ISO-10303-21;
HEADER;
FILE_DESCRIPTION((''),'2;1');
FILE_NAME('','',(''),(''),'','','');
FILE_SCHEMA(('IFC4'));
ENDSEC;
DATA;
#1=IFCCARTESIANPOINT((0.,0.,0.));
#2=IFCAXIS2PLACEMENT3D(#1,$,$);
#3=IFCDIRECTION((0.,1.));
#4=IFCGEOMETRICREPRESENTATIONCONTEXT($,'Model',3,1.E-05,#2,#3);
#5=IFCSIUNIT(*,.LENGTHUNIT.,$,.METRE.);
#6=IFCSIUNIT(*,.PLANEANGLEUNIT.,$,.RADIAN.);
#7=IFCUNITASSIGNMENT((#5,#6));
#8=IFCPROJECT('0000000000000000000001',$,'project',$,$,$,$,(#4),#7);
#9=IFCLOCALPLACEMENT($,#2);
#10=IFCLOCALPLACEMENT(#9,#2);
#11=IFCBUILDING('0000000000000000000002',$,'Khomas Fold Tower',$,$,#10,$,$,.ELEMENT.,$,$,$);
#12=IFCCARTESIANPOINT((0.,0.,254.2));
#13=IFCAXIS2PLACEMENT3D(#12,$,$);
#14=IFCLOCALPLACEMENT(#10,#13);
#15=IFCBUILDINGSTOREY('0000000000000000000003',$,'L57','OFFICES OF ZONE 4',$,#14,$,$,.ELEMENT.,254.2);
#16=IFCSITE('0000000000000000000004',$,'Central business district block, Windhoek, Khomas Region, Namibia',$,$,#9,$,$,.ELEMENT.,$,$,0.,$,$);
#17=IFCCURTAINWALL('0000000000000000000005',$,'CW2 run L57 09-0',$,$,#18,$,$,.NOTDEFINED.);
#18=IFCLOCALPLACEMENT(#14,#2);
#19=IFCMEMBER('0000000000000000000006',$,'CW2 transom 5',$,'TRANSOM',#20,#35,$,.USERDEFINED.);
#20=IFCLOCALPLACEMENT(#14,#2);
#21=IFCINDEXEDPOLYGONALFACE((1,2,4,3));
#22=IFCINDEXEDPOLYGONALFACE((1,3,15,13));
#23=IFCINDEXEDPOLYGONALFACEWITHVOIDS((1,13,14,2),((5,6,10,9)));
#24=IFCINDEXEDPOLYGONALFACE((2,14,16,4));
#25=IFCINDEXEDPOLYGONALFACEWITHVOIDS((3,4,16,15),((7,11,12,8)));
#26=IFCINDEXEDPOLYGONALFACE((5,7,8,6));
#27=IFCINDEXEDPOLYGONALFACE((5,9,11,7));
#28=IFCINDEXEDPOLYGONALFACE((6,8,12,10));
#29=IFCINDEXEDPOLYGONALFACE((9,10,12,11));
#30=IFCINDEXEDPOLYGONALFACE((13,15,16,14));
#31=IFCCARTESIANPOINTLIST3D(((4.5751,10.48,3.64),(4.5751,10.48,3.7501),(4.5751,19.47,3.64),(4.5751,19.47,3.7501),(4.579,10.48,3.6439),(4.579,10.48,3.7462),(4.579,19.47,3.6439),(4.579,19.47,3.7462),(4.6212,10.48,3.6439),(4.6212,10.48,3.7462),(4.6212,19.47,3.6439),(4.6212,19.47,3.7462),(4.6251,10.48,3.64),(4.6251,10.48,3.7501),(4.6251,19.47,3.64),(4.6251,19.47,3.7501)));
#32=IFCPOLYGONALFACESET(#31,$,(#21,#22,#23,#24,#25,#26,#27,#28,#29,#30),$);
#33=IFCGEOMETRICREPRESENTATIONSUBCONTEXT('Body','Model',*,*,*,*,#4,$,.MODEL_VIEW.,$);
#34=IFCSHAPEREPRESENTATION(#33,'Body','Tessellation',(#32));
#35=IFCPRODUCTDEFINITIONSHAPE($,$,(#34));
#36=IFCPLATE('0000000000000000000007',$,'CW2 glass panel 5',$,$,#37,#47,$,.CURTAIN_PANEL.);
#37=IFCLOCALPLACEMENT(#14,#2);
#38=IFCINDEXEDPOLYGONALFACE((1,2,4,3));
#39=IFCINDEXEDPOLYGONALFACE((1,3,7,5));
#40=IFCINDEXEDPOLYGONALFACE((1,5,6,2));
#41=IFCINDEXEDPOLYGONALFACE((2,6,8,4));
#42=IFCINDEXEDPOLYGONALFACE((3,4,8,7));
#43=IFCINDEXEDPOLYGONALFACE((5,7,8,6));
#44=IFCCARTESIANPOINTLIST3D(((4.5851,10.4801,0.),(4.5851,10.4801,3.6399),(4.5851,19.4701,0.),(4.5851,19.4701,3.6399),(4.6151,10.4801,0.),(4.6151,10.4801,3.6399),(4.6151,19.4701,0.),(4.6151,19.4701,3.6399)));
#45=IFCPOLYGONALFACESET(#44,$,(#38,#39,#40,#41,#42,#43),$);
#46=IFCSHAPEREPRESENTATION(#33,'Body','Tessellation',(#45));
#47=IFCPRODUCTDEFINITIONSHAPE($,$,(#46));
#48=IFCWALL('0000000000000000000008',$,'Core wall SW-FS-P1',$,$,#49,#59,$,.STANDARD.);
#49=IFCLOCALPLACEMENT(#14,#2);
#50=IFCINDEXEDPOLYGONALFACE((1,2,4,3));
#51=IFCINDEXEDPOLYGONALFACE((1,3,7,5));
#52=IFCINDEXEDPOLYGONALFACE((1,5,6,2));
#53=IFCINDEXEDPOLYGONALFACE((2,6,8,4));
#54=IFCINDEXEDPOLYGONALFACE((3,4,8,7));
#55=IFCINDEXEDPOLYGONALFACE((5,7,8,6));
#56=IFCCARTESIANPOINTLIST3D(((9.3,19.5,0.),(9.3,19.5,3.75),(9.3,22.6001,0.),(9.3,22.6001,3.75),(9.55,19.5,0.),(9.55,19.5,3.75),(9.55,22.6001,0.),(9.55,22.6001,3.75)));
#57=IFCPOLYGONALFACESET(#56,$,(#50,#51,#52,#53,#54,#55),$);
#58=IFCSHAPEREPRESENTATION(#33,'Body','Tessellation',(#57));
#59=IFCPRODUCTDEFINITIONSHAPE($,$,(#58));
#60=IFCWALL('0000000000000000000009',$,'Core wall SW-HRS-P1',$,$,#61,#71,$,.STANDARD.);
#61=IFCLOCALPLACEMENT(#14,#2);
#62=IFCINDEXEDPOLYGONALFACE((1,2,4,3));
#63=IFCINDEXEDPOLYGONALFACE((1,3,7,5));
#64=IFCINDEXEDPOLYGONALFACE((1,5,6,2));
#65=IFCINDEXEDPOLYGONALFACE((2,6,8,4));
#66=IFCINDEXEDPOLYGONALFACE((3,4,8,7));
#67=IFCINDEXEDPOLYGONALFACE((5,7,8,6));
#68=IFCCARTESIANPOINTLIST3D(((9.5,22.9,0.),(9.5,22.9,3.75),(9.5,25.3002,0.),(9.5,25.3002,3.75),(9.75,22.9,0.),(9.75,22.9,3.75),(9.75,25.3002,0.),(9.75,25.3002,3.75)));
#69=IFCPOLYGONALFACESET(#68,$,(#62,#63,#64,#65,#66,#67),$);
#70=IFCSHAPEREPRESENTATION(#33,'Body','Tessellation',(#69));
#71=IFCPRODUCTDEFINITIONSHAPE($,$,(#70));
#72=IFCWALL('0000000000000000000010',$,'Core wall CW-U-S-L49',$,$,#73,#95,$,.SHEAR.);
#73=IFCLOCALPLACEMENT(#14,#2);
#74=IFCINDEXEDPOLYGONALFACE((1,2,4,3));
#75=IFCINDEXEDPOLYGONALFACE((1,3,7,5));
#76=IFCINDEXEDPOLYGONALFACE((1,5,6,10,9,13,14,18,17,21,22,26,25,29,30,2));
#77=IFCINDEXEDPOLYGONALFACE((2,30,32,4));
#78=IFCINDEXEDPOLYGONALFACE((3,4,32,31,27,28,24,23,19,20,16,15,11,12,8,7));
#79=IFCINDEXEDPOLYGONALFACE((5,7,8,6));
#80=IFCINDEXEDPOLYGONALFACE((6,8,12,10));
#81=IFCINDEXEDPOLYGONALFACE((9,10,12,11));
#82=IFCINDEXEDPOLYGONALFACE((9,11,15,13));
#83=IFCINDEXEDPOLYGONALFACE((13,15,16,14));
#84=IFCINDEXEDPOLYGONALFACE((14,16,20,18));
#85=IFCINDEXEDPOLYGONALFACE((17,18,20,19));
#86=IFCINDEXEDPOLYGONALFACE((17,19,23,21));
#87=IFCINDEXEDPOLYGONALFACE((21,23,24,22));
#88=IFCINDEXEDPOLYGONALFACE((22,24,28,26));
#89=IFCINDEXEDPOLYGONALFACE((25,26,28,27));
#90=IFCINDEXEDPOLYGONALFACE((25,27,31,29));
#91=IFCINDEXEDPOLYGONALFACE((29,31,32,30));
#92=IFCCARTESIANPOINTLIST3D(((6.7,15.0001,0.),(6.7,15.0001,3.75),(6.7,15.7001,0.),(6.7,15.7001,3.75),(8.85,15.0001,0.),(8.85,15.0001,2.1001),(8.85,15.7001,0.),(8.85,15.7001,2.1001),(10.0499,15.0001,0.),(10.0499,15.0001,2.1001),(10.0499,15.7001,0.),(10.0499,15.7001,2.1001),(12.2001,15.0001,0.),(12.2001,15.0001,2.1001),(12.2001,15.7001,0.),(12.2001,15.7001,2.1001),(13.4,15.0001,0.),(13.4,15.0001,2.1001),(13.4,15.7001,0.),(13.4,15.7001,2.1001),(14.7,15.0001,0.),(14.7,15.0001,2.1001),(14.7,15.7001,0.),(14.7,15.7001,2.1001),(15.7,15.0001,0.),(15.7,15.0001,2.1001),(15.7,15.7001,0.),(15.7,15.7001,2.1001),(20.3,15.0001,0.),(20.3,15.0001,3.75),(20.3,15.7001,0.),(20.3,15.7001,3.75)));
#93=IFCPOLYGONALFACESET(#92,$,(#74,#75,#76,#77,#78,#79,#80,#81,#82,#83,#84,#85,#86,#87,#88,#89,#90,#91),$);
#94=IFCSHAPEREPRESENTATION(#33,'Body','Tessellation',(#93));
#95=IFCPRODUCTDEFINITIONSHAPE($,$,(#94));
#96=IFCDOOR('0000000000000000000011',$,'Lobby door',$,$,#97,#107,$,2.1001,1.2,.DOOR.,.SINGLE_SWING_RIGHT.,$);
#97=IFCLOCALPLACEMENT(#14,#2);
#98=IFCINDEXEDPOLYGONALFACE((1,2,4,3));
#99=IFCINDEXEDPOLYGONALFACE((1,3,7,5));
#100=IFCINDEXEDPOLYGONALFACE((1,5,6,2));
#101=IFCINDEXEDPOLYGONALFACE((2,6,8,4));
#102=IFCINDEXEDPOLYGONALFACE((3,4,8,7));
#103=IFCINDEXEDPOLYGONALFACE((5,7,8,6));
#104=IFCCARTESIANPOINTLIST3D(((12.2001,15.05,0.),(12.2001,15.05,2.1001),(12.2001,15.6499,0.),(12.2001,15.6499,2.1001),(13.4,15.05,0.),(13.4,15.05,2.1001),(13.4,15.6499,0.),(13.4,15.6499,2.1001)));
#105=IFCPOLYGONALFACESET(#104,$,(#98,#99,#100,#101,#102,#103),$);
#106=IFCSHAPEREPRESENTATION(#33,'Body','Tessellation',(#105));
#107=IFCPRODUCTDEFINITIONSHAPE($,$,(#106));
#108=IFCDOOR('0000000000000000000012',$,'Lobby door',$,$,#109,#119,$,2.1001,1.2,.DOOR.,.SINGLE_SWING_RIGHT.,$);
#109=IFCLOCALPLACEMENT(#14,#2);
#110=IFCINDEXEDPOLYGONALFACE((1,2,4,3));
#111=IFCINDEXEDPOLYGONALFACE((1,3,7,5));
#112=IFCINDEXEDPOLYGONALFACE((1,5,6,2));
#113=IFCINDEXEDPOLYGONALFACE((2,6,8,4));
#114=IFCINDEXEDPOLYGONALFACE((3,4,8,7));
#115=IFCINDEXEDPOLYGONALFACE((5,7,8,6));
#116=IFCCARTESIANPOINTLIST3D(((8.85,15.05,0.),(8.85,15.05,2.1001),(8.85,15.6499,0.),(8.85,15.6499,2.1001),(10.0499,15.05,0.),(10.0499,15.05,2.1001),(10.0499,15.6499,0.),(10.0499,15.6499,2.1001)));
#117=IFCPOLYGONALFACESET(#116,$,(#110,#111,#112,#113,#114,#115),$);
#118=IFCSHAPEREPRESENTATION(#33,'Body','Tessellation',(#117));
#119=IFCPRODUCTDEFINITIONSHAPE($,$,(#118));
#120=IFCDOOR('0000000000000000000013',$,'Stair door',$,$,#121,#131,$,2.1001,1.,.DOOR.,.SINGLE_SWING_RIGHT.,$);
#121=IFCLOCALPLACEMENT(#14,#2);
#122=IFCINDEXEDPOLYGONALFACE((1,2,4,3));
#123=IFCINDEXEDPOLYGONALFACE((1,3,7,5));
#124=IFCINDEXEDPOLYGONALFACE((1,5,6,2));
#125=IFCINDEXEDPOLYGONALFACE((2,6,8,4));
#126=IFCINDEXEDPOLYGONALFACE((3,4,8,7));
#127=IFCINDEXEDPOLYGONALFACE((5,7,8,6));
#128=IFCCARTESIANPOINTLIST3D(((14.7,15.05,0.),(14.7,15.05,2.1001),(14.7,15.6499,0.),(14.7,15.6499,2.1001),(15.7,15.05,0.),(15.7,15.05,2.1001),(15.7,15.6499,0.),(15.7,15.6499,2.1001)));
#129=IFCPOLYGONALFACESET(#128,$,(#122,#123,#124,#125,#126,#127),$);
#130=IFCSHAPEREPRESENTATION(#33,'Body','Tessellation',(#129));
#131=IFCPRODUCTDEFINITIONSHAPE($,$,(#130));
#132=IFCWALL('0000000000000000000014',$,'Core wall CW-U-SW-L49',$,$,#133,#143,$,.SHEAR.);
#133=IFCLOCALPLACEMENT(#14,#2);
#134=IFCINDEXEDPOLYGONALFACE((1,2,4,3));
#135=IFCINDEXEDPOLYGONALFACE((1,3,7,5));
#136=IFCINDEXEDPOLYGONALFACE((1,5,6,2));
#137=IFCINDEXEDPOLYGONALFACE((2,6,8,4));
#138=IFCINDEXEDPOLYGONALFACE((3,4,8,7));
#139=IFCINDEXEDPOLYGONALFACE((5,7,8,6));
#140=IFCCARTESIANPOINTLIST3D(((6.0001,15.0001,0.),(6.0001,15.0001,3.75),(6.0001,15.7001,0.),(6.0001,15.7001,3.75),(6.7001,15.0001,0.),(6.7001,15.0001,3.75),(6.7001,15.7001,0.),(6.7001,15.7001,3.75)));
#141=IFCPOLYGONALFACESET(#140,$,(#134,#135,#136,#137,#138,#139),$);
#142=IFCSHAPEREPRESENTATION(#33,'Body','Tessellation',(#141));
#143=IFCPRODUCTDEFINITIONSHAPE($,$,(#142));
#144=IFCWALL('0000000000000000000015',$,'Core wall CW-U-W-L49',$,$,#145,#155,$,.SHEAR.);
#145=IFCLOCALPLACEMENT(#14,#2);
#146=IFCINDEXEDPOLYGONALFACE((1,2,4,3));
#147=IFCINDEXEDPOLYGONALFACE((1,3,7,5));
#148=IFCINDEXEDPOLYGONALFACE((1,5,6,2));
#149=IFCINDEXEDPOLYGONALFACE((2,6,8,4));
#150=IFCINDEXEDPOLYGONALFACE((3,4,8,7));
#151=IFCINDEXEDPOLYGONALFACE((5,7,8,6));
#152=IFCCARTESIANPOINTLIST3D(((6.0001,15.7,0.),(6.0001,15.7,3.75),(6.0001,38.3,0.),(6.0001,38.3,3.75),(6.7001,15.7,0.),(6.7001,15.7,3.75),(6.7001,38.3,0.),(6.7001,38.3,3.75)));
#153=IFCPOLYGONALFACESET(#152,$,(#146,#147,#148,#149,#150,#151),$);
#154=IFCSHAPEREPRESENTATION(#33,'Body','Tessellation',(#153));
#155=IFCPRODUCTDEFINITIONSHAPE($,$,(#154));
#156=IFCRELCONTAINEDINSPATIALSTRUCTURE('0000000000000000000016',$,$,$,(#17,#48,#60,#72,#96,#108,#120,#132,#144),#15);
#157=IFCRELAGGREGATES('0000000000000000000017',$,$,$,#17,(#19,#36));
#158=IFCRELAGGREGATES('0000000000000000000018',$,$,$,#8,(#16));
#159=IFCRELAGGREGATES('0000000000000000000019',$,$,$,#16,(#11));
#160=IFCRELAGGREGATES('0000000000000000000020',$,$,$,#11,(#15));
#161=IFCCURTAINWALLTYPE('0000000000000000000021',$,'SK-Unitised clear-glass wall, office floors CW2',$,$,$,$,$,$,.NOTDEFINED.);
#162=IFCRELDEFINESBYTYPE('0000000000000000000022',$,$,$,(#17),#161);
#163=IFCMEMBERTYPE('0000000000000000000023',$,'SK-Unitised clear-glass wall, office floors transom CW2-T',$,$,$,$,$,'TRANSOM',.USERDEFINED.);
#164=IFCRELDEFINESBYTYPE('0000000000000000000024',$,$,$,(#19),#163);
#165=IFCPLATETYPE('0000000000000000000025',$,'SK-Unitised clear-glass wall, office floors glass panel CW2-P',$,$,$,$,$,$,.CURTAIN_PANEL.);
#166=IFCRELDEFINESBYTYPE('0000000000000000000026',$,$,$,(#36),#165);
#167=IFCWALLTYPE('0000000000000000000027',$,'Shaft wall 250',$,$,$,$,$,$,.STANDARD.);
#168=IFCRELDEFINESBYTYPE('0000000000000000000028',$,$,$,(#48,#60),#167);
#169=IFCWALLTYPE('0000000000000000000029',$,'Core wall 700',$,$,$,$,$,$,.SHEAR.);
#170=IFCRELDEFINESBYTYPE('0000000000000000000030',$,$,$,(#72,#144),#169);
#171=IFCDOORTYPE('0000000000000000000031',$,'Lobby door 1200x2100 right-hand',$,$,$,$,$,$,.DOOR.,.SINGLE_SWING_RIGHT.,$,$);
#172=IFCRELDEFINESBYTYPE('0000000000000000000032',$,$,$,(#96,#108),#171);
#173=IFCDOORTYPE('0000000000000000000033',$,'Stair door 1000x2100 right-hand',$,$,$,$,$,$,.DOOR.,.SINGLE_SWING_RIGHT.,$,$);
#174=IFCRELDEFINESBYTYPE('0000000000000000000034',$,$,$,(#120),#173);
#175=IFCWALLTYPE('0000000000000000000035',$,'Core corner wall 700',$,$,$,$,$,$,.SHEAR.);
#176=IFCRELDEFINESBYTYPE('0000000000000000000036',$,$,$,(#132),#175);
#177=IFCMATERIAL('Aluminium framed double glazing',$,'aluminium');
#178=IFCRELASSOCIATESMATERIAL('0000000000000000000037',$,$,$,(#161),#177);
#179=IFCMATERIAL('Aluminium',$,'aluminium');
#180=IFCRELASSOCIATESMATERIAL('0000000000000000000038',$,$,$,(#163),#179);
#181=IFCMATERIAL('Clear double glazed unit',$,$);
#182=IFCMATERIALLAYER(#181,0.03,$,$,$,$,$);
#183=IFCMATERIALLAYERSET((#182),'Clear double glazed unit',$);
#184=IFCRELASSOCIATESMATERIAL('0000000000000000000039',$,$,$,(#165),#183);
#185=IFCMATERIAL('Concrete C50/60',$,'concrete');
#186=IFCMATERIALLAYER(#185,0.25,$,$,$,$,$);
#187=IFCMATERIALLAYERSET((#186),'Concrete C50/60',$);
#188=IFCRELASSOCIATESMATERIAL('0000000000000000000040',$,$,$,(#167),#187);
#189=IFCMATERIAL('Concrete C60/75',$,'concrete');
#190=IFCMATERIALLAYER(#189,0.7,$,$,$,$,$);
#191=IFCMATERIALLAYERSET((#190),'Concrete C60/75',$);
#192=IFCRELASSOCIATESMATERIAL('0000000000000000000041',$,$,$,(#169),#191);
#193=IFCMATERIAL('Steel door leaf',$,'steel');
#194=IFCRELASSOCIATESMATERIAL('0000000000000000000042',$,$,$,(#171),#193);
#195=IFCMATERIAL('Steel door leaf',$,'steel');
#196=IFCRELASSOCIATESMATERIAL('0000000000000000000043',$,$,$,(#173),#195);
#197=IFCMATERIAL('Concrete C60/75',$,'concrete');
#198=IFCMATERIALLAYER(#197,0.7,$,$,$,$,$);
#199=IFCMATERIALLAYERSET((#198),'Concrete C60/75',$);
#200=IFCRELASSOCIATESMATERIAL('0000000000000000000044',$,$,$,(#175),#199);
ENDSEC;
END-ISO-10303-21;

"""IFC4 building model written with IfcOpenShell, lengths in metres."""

from ifc_helpers import new_model, si_unit, direction, frame, frame_2d, origin, origin_2d, place, context, subcontext, project, spatial, rectangle, hollow_rectangle, extrude, source, transform, mapped, material, layer, layer_set, material_profile, profile_set, type_object, element, fill, aggregate, save


model = new_model("IFC4")

# Units and contexts
model_context = context("Model", 3, precision=1e-05, world=origin(), true_north=direction((0.0, 1.0)))
body_context = subcontext(model_context, "Body", "Model", "MODEL_VIEW")
ifc_project = project(units=[si_unit("LENGTHUNIT", "METRE"), si_unit("PLANEANGLEUNIT", "RADIAN")], contexts=[model_context])

# Site, building, storey
site_placement = place(None, origin())
site = spatial("IfcSite", under=ifc_project, at=site_placement, Name="Central business district block, Windhoek, Khomas Region, Namibia", CompositionType="ELEMENT", RefElevation=0.0)
building_placement = place(site_placement, origin())
building = spatial("IfcBuilding", under=site, at=building_placement, Name="Khomas Fold Tower", CompositionType="ELEMENT")
storey_placement = place(building_placement, frame((0.0, 0.0, 254.2)))
storey = spatial("IfcBuildingStorey", under=building, at=storey_placement, Name="L57", Description="OFFICES OF ZONE 4", CompositionType="ELEMENT", Elevation=254.2)

# Curtain wall, member, plate
ifc_material_1 = material(Name="Aluminium framed double glazing", Category="aluminium")
curtain_wall_type = type_object("IfcCurtainWallType", Name="SK-Unitised clear-glass wall, office floors CW2", PredefinedType="NOTDEFINED", material=ifc_material_1)
curtain_wall_placement = place(storey_placement, origin())
curtain_wall = element("IfcCurtainWall", 1, at=curtain_wall_placement, inside=storey, type_object=curtain_wall_type, Name="CW2 run L57 09-0", PredefinedType="NOTDEFINED")
ifc_material_2 = material(Name="Aluminium", Category="aluminium")
ifc_material_profile_1 = material_profile(ifc_material_2, hollow_rectangle(XDim=0.05, YDim=0.1101, WallThickness=0.0039, at=origin_2d()), Name="SK-Unitised clear-glass wall, office floors transom CW2-T")
ifc_profile_set_1 = profile_set([ifc_material_profile_1], Name="Aluminium")
member_type_1 = type_object("IfcMemberType", Name="SK-Unitised clear-glass wall, office floors transom CW2-T", ElementType="TRANSOM", PredefinedType="USERDEFINED", material=ifc_profile_set_1)
shared_shape_1 = source(origin(), body_context, "Body", "SweptSolid", [
    extrude(hollow_rectangle(XDim=0.05, YDim=0.1101, WallThickness=0.0039, at=origin_2d()), origin(), (0.0, 0.0, 1.0), 8.99),
])
member_1_placement = place(storey_placement, frame((4.6001, 19.47, 3.6951), z_axis=(0.0, -1.0, 0.0), x_axis=(1.0, 0.0, 0.0)))
member_1 = element("IfcMember", 2, at=member_1_placement, type_object=member_type_1, Name="CW2 transom 5", ObjectType="TRANSOM", PredefinedType="USERDEFINED", context=body_context, shape_type="MappedRepresentation", body=[
    mapped(shared_shape_1, transform((0.0, 0.0, 0.0))),
])
ifc_material_3 = material(Name="Clear double glazed unit")
ifc_layer_1 = layer(ifc_material_3, 0.03)
ifc_layer_set_1 = layer_set([ifc_layer_1], Name="Clear double glazed unit")
plate_type = type_object("IfcPlateType", Name="SK-Unitised clear-glass wall, office floors glass panel CW2-P", PredefinedType="CURTAIN_PANEL", material=ifc_layer_set_1)
shared_shape_2 = source(origin(), body_context, "Body", "SweptSolid", [
    extrude(rectangle(XDim=8.99, YDim=0.03, at=origin_2d()), origin(), (0.0, 0.0, 1.0), 3.6399),
])
plate_placement = place(storey_placement, frame((4.6001, 14.9751, 0.0), z_axis=(0.0, 0.0, 1.0), x_axis=(0.0, -1.0, 0.0)))
plate = element("IfcPlate", 3, at=plate_placement, type_object=plate_type, Name="CW2 glass panel 5", PredefinedType="CURTAIN_PANEL", context=body_context, shape_type="MappedRepresentation", body=[
    mapped(shared_shape_2, transform((0.0, 0.0, 0.0))),
])
aggregate(curtain_wall, [member_1, plate])

# Walls
ifc_material_4 = material(Name="Concrete C50/60", Category="concrete")
ifc_layer_2 = layer(ifc_material_4, 0.25)
ifc_layer_set_2 = layer_set([ifc_layer_2], Name="Concrete C50/60")
wall_type_1 = type_object("IfcWallType", Name="Shaft wall 250", PredefinedType="STANDARD", material=ifc_layer_set_2)
shared_shape_3 = source(origin(), body_context, "Body", "SweptSolid", [
    extrude(rectangle(XDim=3.1001, YDim=0.25, at=frame_2d((1.55, 0.0))), origin(), (0.0, 0.0, 1.0), 3.75),
])
wall_1_placement = place(storey_placement, frame((9.425, 19.5, 0.0), z_axis=(0.0, 0.0, 1.0), x_axis=(0.0, 1.0, 0.0)))
element("IfcWall", 4, at=wall_1_placement, inside=storey, type_object=wall_type_1, Name="Core wall SW-FS-P1", PredefinedType="STANDARD", context=body_context, shape_type="MappedRepresentation", body=[
    mapped(shared_shape_3, transform((0.0, 0.0, 0.0))),
])
shared_shape_4 = source(origin(), body_context, "Body", "SweptSolid", [
    extrude(rectangle(XDim=2.4001, YDim=0.25, at=frame_2d((1.2002, 0.0))), origin(), (0.0, 0.0, 1.0), 3.75),
])
wall_2_placement = place(storey_placement, frame((9.625, 22.8999, 0.0), z_axis=(0.0, 0.0, 1.0), x_axis=(0.0, 1.0, 0.0)))
element("IfcWall", 5, at=wall_2_placement, inside=storey, type_object=wall_type_1, Name="Core wall SW-HRS-P1", PredefinedType="STANDARD", context=body_context, shape_type="MappedRepresentation", body=[
    mapped(shared_shape_4, transform((0.0, 0.0, 0.0))),
])

# Wall, openings, doors
ifc_material_5 = material(Name="Concrete C60/75", Category="concrete")
ifc_layer_3 = layer(ifc_material_5, 0.7)
ifc_layer_set_3 = layer_set([ifc_layer_3], Name="Concrete C60/75")
wall_type_2 = type_object("IfcWallType", Name="Core wall 700", PredefinedType="SHEAR", material=ifc_layer_set_3)
shared_shape_5 = source(origin(), body_context, "Body", "SweptSolid", [
    extrude(rectangle(XDim=13.6001, YDim=0.7, at=frame_2d((6.8, 0.0))), origin(), (0.0, 0.0, 1.0), 3.75),
])
wall_3_placement = place(storey_placement, frame((6.7, 15.3501, 0.0), z_axis=(0.0, 0.0, 1.0), x_axis=(1.0, 0.0, 0.0)))
wall_3 = element("IfcWall", 6, at=wall_3_placement, inside=storey, type_object=wall_type_2, Name="Core wall CW-U-S-L49", PredefinedType="SHEAR", context=body_context, shape_type="MappedRepresentation", body=[
    mapped(shared_shape_5, transform((0.0, 0.0, 0.0))),
])
shared_shape_6 = source(origin(), body_context, "Body", "SweptSolid", [
    extrude(rectangle(XDim=1.2, YDim=2.1001, at=frame_2d((0.6001, 1.05))), frame((0.0, 0.3599, 0.0), z_axis=(0.0, -1.0, 0.0), x_axis=(1.0, 0.0, 0.0)), (0.0, 0.0, 1.0), 0.72),
])
opening_1_placement = place(wall_3_placement, frame((5.5, 0.0, 0.0)))
opening_1 = element("IfcOpeningElement", 7, at=opening_1_placement, cuts=wall_3, PredefinedType="OPENING", context=body_context, shape_type="MappedRepresentation", body=[
    mapped(shared_shape_6, transform((0.0, 0.0, 0.0))),
])
opening_2_placement = place(wall_3_placement, frame((2.1499, 0.0, 0.0)))
opening_2 = element("IfcOpeningElement", 8, at=opening_2_placement, cuts=wall_3, PredefinedType="OPENING", context=body_context, shape_type="MappedRepresentation", body=[
    mapped(shared_shape_6, transform((0.0, 0.0, 0.0))),
])
shared_shape_7 = source(origin(), body_context, "Body", "SweptSolid", [
    extrude(rectangle(XDim=1.0, YDim=2.1001, at=frame_2d((0.5, 1.05))), frame((0.0, 0.3599, 0.0), z_axis=(0.0, -1.0, 0.0), x_axis=(1.0, 0.0, 0.0)), (0.0, 0.0, 1.0), 0.72),
])
opening_3_placement = place(wall_3_placement, frame((8.0, 0.0, 0.0)))
opening_3 = element("IfcOpeningElement", 9, at=opening_3_placement, cuts=wall_3, PredefinedType="OPENING", context=body_context, shape_type="MappedRepresentation", body=[
    mapped(shared_shape_7, transform((0.0, 0.0, 0.0))),
])
ifc_material_6 = material(Name="Steel door leaf", Category="steel")
door_type_1 = type_object("IfcDoorType", Name="Lobby door 1200x2100 right-hand", OperationType="SINGLE_SWING_RIGHT", PredefinedType="DOOR", material=ifc_material_6)
shared_shape_8 = source(origin(), body_context, "Body", "SweptSolid", [
    extrude(rectangle(XDim=1.2, YDim=2.1001, at=frame_2d((0.6001, 1.05))), frame((0.0, 0.2998, 0.0), z_axis=(0.0, -1.0, 0.0), x_axis=(1.0, 0.0, 0.0)), (0.0, 0.0, 1.0), 0.5999),
])
door_1_placement = place(opening_1_placement, origin())
door_1 = element("IfcDoor", 10, at=door_1_placement, inside=storey, type_object=door_type_1, Name="Lobby door", OperationType="SINGLE_SWING_RIGHT", OverallHeight=2.1001, OverallWidth=1.2, PredefinedType="DOOR", context=body_context, shape_type="MappedRepresentation", body=[
    mapped(shared_shape_8, transform((0.0, 0.0, 0.0))),
])
fill(opening_1, door_1)
door_2_placement = place(opening_2_placement, origin())
door_2 = element("IfcDoor", 11, at=door_2_placement, inside=storey, type_object=door_type_1, Name="Lobby door", OperationType="SINGLE_SWING_RIGHT", OverallHeight=2.1001, OverallWidth=1.2, PredefinedType="DOOR", context=body_context, shape_type="MappedRepresentation", body=[
    mapped(shared_shape_8, transform((0.0, 0.0, 0.0))),
])
fill(opening_2, door_2)
ifc_material_7 = material(Name="Steel door leaf", Category="steel")
door_type_2 = type_object("IfcDoorType", Name="Stair door 1000x2100 right-hand", OperationType="SINGLE_SWING_RIGHT", PredefinedType="DOOR", material=ifc_material_7)
shared_shape_9 = source(origin(), body_context, "Body", "SweptSolid", [
    extrude(rectangle(XDim=1.0, YDim=2.1001, at=frame_2d((0.5, 1.05))), frame((0.0, 0.2998, 0.0), z_axis=(0.0, -1.0, 0.0), x_axis=(1.0, 0.0, 0.0)), (0.0, 0.0, 1.0), 0.5999),
])
door_3_placement = place(opening_3_placement, origin())
door_3 = element("IfcDoor", 12, at=door_3_placement, inside=storey, type_object=door_type_2, Name="Stair door", OperationType="SINGLE_SWING_RIGHT", OverallHeight=2.1001, OverallWidth=1.0, PredefinedType="DOOR", context=body_context, shape_type="MappedRepresentation", body=[
    mapped(shared_shape_9, transform((0.0, 0.0, 0.0))),
])
fill(opening_3, door_3)

# Walls
ifc_material_8 = material(Name="Concrete C60/75", Category="concrete")
ifc_layer_4 = layer(ifc_material_8, 0.7)
ifc_layer_set_4 = layer_set([ifc_layer_4], Name="Concrete C60/75")
wall_type_3 = type_object("IfcWallType", Name="Core corner wall 700", PredefinedType="SHEAR", material=ifc_layer_set_4)
shared_shape_10 = source(origin(), body_context, "Body", "SweptSolid", [
    extrude(rectangle(XDim=0.7, YDim=0.7, at=frame_2d((0.3501, 0.0))), origin(), (0.0, 0.0, 1.0), 3.75),
])
wall_4_placement = place(storey_placement, frame((6.0, 15.3501, 0.0), z_axis=(0.0, 0.0, 1.0), x_axis=(1.0, 0.0, 0.0)))
element("IfcWall", 13, at=wall_4_placement, inside=storey, type_object=wall_type_3, Name="Core wall CW-U-SW-L49", PredefinedType="SHEAR", context=body_context, shape_type="MappedRepresentation", body=[
    mapped(shared_shape_10, transform((0.0, 0.0, 0.0))),
])
shared_shape_11 = source(origin(), body_context, "Body", "SweptSolid", [
    extrude(rectangle(XDim=22.6001, YDim=0.7, at=frame_2d((11.3, 0.0))), origin(), (0.0, 0.0, 1.0), 3.75),
])
wall_5_placement = place(storey_placement, frame((6.3501, 15.7, 0.0), z_axis=(0.0, 0.0, 1.0), x_axis=(0.0, 1.0, 0.0)))
element("IfcWall", 14, at=wall_5_placement, inside=storey, type_object=wall_type_2, Name="Core wall CW-U-W-L49", PredefinedType="SHEAR", context=body_context, shape_type="MappedRepresentation", body=[
    mapped(shared_shape_11, transform((0.0, 0.0, 0.0))),
])

save(model, "model.ifc")
